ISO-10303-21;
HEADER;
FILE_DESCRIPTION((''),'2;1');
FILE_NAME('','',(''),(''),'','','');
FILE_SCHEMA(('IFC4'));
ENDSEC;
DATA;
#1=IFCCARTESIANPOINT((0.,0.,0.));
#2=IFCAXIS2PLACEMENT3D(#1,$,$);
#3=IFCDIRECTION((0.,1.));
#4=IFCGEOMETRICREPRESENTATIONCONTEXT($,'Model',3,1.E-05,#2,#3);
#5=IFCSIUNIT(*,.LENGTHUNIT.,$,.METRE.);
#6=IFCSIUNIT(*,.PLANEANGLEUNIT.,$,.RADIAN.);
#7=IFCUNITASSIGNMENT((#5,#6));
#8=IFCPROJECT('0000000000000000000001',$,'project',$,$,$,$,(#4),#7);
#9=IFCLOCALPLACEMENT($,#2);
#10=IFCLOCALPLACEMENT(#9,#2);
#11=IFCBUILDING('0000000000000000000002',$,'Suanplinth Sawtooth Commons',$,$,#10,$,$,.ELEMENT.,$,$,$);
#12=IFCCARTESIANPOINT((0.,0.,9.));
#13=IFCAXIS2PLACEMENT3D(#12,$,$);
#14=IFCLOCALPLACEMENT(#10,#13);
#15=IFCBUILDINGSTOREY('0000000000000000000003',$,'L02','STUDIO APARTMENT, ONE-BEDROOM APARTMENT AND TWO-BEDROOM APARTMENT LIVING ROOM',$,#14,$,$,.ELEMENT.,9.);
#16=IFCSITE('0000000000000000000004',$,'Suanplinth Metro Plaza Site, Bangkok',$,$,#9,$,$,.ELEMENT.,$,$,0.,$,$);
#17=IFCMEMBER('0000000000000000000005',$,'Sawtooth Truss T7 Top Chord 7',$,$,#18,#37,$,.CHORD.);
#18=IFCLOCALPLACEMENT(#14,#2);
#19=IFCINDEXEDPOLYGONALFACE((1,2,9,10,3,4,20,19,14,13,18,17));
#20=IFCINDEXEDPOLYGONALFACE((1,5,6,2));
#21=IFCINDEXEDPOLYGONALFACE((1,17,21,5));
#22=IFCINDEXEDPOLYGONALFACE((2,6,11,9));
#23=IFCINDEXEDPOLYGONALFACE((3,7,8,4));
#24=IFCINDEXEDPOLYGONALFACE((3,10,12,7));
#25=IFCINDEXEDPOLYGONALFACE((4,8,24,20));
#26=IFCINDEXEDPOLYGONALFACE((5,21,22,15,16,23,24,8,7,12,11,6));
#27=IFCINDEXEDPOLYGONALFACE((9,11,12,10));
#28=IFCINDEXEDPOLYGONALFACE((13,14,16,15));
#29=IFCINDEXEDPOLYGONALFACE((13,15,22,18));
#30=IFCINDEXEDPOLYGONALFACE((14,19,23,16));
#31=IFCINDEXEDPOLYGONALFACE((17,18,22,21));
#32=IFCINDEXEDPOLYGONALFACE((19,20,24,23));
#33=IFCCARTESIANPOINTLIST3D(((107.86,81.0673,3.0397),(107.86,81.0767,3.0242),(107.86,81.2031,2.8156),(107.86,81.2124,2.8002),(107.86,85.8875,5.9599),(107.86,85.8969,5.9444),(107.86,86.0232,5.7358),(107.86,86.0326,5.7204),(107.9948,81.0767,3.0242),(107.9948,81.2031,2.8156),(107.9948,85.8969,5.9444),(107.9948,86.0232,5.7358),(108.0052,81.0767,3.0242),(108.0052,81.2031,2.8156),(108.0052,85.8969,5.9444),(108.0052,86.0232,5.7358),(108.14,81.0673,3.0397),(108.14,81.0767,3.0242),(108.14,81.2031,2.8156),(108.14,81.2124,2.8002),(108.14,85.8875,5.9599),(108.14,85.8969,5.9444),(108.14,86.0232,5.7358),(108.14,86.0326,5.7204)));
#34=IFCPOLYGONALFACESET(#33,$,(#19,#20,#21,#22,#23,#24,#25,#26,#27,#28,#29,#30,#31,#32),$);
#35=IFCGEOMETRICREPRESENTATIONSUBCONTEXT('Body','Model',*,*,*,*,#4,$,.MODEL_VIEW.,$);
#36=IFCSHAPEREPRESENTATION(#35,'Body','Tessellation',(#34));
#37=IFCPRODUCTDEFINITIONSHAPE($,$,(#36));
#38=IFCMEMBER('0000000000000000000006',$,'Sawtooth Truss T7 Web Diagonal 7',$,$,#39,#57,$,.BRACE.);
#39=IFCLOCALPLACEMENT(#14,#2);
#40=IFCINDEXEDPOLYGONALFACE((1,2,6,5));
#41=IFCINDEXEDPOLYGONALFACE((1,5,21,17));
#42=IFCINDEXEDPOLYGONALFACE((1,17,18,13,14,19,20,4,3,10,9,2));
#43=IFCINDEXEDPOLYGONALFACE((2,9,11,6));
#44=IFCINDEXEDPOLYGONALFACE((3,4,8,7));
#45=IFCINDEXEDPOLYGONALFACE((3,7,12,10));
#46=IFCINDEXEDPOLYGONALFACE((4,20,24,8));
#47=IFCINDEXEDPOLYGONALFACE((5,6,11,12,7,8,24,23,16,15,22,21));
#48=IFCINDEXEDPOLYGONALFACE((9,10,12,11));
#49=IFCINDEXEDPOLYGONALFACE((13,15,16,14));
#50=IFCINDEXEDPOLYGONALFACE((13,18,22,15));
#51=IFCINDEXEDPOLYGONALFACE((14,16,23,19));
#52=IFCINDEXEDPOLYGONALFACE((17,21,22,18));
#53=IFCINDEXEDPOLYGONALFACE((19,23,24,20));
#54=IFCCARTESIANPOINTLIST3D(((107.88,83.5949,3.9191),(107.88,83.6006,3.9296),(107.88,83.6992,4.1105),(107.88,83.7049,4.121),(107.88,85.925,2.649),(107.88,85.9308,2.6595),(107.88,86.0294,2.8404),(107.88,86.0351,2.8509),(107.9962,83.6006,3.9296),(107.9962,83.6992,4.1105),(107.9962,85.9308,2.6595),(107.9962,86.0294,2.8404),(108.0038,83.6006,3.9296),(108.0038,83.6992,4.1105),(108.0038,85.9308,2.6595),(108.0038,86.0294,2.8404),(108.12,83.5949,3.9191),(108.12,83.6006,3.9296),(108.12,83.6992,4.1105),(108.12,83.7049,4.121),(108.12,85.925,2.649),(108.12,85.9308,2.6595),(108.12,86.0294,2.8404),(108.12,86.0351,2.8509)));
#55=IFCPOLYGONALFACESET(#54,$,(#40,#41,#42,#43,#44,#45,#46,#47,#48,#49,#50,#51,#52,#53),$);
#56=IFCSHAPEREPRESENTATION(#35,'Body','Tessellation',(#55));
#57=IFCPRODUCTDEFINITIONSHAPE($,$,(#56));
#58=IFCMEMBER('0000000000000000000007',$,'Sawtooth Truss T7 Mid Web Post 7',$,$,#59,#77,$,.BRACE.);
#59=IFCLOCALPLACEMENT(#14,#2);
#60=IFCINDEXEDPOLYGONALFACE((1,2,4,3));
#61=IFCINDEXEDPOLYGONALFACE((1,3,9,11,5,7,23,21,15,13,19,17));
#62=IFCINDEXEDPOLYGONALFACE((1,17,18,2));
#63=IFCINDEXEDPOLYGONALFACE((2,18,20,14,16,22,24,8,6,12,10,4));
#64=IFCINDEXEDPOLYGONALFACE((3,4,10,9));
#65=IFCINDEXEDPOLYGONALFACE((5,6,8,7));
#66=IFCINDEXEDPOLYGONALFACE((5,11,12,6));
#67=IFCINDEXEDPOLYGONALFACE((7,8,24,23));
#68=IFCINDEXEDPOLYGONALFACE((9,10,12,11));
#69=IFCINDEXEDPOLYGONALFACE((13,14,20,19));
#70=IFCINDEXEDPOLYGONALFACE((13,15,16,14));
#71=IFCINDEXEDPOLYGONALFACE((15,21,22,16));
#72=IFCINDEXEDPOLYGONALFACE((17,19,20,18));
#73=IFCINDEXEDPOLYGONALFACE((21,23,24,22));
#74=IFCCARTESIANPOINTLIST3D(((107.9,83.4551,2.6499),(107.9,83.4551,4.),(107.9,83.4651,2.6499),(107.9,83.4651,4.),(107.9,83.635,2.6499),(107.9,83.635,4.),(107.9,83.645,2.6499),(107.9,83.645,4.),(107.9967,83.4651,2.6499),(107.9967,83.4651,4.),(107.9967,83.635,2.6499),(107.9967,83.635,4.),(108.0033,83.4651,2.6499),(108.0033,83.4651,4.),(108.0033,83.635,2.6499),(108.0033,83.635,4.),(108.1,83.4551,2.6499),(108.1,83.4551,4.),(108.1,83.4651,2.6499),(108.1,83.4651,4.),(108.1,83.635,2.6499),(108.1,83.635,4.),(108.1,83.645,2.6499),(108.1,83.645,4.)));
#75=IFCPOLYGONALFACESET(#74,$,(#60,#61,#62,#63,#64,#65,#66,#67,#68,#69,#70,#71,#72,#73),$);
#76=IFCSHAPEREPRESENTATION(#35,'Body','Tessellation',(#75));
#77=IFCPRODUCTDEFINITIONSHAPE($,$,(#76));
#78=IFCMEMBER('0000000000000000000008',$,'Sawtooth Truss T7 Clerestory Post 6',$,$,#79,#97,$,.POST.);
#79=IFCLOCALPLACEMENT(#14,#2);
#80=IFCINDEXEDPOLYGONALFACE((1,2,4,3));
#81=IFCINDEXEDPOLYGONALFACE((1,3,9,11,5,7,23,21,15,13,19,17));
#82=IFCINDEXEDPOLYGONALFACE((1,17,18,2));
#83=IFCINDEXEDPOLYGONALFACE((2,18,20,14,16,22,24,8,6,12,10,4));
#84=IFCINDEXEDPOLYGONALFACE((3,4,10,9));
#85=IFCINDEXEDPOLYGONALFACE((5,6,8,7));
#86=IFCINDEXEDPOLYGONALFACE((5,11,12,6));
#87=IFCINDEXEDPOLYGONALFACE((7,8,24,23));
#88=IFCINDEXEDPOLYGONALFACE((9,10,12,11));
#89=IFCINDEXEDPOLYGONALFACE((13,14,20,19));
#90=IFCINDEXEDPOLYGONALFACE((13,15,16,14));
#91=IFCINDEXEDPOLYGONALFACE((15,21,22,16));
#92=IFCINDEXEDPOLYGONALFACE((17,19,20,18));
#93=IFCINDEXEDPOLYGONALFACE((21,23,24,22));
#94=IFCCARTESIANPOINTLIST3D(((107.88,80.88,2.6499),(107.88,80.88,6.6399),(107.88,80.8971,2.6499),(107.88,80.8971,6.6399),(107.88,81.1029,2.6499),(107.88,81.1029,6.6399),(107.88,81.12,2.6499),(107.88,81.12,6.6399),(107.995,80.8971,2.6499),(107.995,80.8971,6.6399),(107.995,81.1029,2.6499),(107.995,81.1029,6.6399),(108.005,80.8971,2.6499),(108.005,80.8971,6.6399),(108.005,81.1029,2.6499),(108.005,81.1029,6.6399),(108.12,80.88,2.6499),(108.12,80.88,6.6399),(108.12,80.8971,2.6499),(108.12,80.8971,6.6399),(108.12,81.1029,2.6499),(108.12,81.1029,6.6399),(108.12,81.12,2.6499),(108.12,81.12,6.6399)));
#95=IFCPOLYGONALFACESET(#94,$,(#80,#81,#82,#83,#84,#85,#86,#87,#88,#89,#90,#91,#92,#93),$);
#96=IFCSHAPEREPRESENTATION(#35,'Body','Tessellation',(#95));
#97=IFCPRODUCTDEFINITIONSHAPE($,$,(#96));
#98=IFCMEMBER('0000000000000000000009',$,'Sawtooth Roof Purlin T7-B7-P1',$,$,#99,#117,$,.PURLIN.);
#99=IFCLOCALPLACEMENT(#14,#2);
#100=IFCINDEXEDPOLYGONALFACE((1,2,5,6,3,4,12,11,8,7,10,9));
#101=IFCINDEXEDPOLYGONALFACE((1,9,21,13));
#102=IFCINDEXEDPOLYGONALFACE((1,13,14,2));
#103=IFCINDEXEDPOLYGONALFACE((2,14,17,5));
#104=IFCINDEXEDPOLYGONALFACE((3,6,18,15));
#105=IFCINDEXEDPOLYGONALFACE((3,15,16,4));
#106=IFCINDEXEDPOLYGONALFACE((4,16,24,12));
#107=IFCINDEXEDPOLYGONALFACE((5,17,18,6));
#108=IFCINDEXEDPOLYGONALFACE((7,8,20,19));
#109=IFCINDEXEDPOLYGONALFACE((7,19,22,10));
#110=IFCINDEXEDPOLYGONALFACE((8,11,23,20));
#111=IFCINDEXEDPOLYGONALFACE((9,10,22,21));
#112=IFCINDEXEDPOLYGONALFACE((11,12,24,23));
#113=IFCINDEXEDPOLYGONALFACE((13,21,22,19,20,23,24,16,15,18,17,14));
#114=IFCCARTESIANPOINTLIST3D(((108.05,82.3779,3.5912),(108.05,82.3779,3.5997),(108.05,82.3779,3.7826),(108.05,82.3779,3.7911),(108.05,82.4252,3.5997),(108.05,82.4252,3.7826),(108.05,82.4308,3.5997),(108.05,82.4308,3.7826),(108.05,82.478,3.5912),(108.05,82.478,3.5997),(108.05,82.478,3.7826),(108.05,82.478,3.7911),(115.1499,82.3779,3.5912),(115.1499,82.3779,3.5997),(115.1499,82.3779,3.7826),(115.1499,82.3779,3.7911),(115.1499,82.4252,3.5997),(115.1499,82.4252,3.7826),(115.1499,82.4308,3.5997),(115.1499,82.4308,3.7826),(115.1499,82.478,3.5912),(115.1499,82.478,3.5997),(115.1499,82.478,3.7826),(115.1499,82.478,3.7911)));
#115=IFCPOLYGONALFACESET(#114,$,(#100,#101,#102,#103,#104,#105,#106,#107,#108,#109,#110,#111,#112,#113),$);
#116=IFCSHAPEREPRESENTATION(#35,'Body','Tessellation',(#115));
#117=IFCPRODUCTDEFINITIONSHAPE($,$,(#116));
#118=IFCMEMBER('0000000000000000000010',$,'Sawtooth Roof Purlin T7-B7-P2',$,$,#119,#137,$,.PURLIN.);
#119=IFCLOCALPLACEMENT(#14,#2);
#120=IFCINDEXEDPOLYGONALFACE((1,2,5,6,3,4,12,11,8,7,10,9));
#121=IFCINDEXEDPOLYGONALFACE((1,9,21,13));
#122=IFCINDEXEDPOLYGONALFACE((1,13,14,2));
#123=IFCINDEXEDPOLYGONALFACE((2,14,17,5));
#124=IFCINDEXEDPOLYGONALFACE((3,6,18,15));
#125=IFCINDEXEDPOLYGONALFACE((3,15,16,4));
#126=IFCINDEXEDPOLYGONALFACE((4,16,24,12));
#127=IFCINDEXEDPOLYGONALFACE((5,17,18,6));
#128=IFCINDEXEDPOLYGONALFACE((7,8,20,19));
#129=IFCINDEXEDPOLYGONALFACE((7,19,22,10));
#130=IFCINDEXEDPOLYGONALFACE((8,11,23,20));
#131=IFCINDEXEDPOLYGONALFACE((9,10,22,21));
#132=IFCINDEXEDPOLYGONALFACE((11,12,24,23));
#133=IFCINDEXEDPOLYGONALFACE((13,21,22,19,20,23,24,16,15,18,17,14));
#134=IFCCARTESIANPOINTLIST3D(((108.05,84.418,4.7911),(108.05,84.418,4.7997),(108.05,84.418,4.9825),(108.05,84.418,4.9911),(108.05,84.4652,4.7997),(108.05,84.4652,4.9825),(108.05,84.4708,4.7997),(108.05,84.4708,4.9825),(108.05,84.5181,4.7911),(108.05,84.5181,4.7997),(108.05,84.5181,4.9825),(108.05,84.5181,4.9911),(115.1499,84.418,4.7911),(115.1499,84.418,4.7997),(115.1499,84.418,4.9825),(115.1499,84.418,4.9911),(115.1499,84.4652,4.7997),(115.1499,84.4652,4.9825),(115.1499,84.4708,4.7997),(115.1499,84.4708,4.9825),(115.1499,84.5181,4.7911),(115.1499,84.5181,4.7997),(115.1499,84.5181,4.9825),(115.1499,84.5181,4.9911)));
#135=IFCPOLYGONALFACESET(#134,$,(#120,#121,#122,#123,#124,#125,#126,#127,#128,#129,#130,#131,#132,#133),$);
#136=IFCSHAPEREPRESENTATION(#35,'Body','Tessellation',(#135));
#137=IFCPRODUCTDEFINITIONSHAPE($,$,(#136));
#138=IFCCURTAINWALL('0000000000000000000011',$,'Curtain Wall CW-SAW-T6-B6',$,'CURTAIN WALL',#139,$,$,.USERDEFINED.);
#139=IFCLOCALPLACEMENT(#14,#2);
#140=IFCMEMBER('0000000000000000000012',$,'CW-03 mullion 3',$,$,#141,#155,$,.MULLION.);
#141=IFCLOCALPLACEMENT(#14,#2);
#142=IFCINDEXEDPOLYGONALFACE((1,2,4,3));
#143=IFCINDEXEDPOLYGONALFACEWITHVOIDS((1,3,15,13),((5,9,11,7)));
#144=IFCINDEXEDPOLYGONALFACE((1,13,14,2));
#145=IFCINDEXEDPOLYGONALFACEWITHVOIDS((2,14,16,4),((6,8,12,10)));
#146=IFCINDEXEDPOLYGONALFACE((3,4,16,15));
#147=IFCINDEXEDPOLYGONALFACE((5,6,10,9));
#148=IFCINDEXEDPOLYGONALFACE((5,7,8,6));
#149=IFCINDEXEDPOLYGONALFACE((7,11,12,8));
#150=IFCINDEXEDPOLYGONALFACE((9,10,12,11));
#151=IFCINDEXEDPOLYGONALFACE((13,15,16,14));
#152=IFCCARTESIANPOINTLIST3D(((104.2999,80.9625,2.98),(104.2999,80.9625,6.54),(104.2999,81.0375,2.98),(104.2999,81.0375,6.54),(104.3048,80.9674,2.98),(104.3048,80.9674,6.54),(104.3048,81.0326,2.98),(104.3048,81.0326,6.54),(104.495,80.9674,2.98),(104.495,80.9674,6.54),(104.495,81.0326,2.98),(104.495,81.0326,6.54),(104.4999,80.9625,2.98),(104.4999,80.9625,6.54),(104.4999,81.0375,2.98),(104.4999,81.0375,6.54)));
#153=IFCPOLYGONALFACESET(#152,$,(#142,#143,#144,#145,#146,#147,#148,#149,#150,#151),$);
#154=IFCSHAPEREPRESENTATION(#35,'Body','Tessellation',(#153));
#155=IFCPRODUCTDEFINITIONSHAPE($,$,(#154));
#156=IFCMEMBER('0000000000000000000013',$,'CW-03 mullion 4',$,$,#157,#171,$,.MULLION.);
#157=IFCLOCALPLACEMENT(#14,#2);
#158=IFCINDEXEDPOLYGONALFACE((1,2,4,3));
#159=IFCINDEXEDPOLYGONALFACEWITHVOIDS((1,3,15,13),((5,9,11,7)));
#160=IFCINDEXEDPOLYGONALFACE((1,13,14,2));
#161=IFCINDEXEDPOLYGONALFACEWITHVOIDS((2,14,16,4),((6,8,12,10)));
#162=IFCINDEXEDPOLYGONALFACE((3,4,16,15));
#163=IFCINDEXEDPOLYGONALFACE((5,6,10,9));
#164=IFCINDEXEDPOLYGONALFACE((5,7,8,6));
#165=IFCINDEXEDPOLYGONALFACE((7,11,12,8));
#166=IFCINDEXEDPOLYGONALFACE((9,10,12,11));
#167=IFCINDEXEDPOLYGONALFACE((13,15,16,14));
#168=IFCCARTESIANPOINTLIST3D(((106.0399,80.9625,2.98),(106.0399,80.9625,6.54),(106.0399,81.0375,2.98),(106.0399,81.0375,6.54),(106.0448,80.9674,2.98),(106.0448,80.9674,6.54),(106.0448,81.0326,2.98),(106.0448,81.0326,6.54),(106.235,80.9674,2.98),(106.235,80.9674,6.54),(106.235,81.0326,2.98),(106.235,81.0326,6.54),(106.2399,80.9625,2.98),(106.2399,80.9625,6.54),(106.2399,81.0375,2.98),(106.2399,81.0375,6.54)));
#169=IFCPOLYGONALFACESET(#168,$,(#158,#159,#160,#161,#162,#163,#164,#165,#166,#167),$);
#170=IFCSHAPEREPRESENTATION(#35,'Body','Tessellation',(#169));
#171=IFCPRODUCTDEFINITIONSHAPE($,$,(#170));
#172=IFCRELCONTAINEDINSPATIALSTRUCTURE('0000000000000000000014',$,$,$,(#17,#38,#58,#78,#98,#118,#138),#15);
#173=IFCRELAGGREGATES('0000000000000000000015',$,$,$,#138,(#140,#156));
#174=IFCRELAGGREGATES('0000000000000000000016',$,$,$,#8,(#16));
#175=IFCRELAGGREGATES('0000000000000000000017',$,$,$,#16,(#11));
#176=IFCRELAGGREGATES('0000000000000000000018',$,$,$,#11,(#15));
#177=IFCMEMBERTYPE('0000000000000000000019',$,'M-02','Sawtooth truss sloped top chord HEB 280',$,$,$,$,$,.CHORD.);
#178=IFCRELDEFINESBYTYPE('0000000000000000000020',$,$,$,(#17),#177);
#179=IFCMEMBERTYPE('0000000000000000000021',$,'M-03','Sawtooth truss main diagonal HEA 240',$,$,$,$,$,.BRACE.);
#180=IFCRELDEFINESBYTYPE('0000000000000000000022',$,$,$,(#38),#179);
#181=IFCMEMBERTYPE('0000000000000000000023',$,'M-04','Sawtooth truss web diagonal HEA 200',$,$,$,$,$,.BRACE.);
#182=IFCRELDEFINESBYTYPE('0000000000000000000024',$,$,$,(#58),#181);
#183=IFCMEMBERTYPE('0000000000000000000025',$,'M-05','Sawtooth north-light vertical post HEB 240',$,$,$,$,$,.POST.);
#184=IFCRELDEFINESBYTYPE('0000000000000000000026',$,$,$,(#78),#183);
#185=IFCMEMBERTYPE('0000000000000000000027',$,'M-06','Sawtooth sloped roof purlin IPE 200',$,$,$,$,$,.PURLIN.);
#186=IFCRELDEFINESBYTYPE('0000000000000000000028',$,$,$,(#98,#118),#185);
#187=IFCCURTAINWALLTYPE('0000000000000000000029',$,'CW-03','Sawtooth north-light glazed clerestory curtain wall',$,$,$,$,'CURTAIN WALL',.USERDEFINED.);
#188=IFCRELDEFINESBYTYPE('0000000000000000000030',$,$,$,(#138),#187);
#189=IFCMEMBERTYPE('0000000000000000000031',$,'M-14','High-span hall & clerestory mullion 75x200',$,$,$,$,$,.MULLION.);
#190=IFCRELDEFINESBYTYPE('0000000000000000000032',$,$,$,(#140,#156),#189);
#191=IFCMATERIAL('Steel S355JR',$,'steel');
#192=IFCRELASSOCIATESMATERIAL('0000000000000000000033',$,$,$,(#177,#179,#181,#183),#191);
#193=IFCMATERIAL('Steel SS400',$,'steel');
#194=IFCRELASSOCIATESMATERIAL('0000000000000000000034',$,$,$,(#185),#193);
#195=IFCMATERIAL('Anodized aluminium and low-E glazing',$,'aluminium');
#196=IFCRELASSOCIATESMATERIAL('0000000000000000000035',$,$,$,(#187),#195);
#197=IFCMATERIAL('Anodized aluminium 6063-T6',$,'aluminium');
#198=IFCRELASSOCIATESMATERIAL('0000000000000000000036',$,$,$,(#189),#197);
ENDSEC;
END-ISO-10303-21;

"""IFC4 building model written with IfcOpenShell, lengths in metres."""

from ifc_helpers import new_model, si_unit, direction, frame, origin, origin_2d, place, context, subcontext, project, spatial, hollow_rectangle, i_section, extrude, material, material_profile, profile_set, type_object, element, aggregate, save


model = new_model("IFC4")

# Units and contexts
model_context = context("Model", 3, precision=1e-05, world=origin(), true_north=direction((0.0, 1.0)))
body_context = subcontext(model_context, "Body", "Model", "MODEL_VIEW")
ifc_project = project(units=[si_unit("LENGTHUNIT", "METRE"), si_unit("PLANEANGLEUNIT", "RADIAN")], contexts=[model_context])

# Site, building, storey
site_placement = place(None, origin())
site = spatial("IfcSite", under=ifc_project, at=site_placement, Name="Suanplinth Metro Plaza Site, Bangkok", CompositionType="ELEMENT", RefElevation=0.0)
building_placement = place(site_placement, origin())
building = spatial("IfcBuilding", under=site, at=building_placement, Name="Suanplinth Sawtooth Commons", CompositionType="ELEMENT")
storey_placement = place(building_placement, frame((0.0, 0.0, 9.0)))
storey = spatial("IfcBuildingStorey", under=building, at=storey_placement, Name="L02", Description="STUDIO APARTMENT, ONE-BEDROOM APARTMENT AND TWO-BEDROOM APARTMENT LIVING ROOM", CompositionType="ELEMENT", Elevation=9.0)

# Members
ifc_material_1 = material(Name="Steel S355JR", Category="steel")
ifc_material_profile_1 = material_profile(ifc_material_1, i_section(OverallWidth=0.28, OverallDepth=0.28, WebThickness=0.0105, FlangeThickness=0.0181, at=origin_2d()), Name="HEB 280")
ifc_profile_set_1 = profile_set([ifc_material_profile_1], Name="Steel S355JR")
member_type_1 = type_object("IfcMemberType", Name="M-02", Description="Sawtooth truss sloped top chord HEB 280", PredefinedType="CHORD", material=ifc_profile_set_1)
member_1_placement = place(storey_placement, frame((108.0, 81.1399, 2.9199), z_axis=(0.0, 0.855283, 0.518161), x_axis=(-1.0, 0.0, 0.0)))
element("IfcMember", 1, at=member_1_placement, inside=storey, type_object=member_type_1, Name="Sawtooth Truss T7 Top Chord 7", PredefinedType="CHORD", context=body_context, shape_type="SweptSolid", body=[
    extrude(i_section(OverallWidth=0.28, OverallDepth=0.28, WebThickness=0.0105, FlangeThickness=0.0181, at=origin_2d()), origin(), (0.0, 0.0, 1.0), 5.6357),
])
ifc_material_profile_2 = material_profile(ifc_material_1, i_section(OverallWidth=0.24, OverallDepth=0.23, WebThickness=0.0076, FlangeThickness=0.012, at=origin_2d()), Name="HEA 240")
ifc_profile_set_2 = profile_set([ifc_material_profile_2], Name="Steel S355JR")
member_type_2 = type_object("IfcMemberType", Name="M-03", Description="Sawtooth truss main diagonal HEA 240", PredefinedType="BRACE", material=ifc_profile_set_2)
member_2_placement = place(storey_placement, frame((108.0, 83.6499, 4.02), z_axis=(0.0, 0.878043, -0.478581), x_axis=(-1.0, 0.0, 0.0)))
element("IfcMember", 2, at=member_2_placement, inside=storey, type_object=member_type_2, Name="Sawtooth Truss T7 Web Diagonal 7", PredefinedType="BRACE", context=body_context, shape_type="SweptSolid", body=[
    extrude(i_section(OverallWidth=0.24, OverallDepth=0.23, WebThickness=0.0076, FlangeThickness=0.012, at=origin_2d()), origin(), (0.0, 0.0, 1.0), 2.6538),
])
ifc_material_profile_3 = material_profile(ifc_material_1, i_section(OverallWidth=0.2, OverallDepth=0.1899, WebThickness=0.0066, FlangeThickness=0.01, at=origin_2d()), Name="HEA 200")
ifc_profile_set_3 = profile_set([ifc_material_profile_3], Name="Steel S355JR")
member_type_3 = type_object("IfcMemberType", Name="M-04", Description="Sawtooth truss web diagonal HEA 200", PredefinedType="BRACE", material=ifc_profile_set_3)
member_3_placement = place(storey_placement, frame((108.0, 83.55, 2.6499), z_axis=(0.0, 0.0, 1.0), x_axis=(1.0, 0.0, 0.0)))
element("IfcMember", 3, at=member_3_placement, inside=storey, type_object=member_type_3, Name="Sawtooth Truss T7 Mid Web Post 7", PredefinedType="BRACE", context=body_context, shape_type="SweptSolid", body=[
    extrude(i_section(OverallWidth=0.2, OverallDepth=0.1899, WebThickness=0.0066, FlangeThickness=0.01, at=origin_2d()), origin(), (0.0, 0.0, 1.0), 1.3501),
])
ifc_material_profile_4 = material_profile(ifc_material_1, i_section(OverallWidth=0.24, OverallDepth=0.24, WebThickness=0.01, FlangeThickness=0.0171, at=origin_2d()), Name="HEB 240")
ifc_profile_set_4 = profile_set([ifc_material_profile_4], Name="Steel S355JR")
member_type_4 = type_object("IfcMemberType", Name="M-05", Description="Sawtooth north-light vertical post HEB 240", PredefinedType="POST", material=ifc_profile_set_4)
member_4_placement = place(storey_placement, frame((108.0, 81.0, 2.6499), z_axis=(0.0, 0.0, 1.0), x_axis=(1.0, 0.0, 0.0)))
element("IfcMember", 4, at=member_4_placement, inside=storey, type_object=member_type_4, Name="Sawtooth Truss T7 Clerestory Post 6", PredefinedType="POST", context=body_context, shape_type="SweptSolid", body=[
    extrude(i_section(OverallWidth=0.24, OverallDepth=0.24, WebThickness=0.01, FlangeThickness=0.0171, at=origin_2d()), origin(), (0.0, 0.0, 1.0), 3.99),
])
ifc_material_2 = material(Name="Steel SS400", Category="steel")
ifc_material_profile_5 = material_profile(ifc_material_2, i_section(OverallWidth=0.1001, OverallDepth=0.2, WebThickness=0.0056, FlangeThickness=0.0085, at=origin_2d()), Name="IPE 200")
ifc_profile_set_5 = profile_set([ifc_material_profile_5], Name="Steel SS400")
member_type_5 = type_object("IfcMemberType", Name="M-06", Description="Sawtooth sloped roof purlin IPE 200", PredefinedType="PURLIN", material=ifc_profile_set_5)
for number, where, z_axis, x_axis, name in (
    (5, (108.05, 82.428, 3.6912), (1.0, 0.0, 0.0), (0.0, 1.0, 0.0), "Sawtooth Roof Purlin T7-B7-P1"),
    (6, (108.05, 84.468, 4.8911), (1.0, 0.0, 0.0), (0.0, 1.0, 0.0), "Sawtooth Roof Purlin T7-B7-P2"),
):
    element("IfcMember", number, at=place(storey_placement, frame(where, z_axis=z_axis, x_axis=x_axis)), inside=storey, type_object=member_type_5, Name=name, PredefinedType="PURLIN", context=body_context, shape_type="SweptSolid", body=[
        extrude(i_section(OverallWidth=0.1001, OverallDepth=0.2, WebThickness=0.0056, FlangeThickness=0.0085, at=origin_2d()), origin(), (0.0, 0.0, 1.0), 7.0999),
    ])

# Curtain wall, members
ifc_material_3 = material(Name="Anodized aluminium and low-E glazing", Category="aluminium")
curtain_wall_type = type_object("IfcCurtainWallType", Name="CW-03", Description="Sawtooth north-light glazed clerestory curtain wall", ElementType="CURTAIN WALL", PredefinedType="USERDEFINED", material=ifc_material_3)
curtain_wall_1_placement = place(storey_placement, origin())
curtain_wall_1 = element("IfcCurtainWall", 7, at=curtain_wall_1_placement, inside=storey, type_object=curtain_wall_type, Name="Curtain Wall CW-SAW-T6-B6", ObjectType="CURTAIN WALL", PredefinedType="USERDEFINED")
ifc_material_4 = material(Name="Anodized aluminium 6063-T6", Category="aluminium")
ifc_material_profile_6 = material_profile(ifc_material_4, hollow_rectangle(XDim=0.075, YDim=0.2, WallThickness=0.0049, at=origin_2d()), Name="ALU-MUL 75x200")
ifc_profile_set_6 = profile_set([ifc_material_profile_6], Name="Anodized aluminium 6063-T6")
member_type_6 = type_object("IfcMemberType", Name="M-14", Description="High-span hall & clerestory mullion 75x200", PredefinedType="MULLION", material=ifc_profile_set_6)
member_5_placement = place(storey_placement, frame((104.3999, 81.0, 2.98), z_axis=(0.0, 0.0, 1.0), x_axis=(0.0, 1.0, 0.0)))
member_5 = element("IfcMember", 8, at=member_5_placement, type_object=member_type_6, Name="CW-03 mullion 3", PredefinedType="MULLION", context=body_context, shape_type="SweptSolid", body=[
    extrude(hollow_rectangle(XDim=0.075, YDim=0.2, WallThickness=0.0049, at=origin_2d()), origin(), (0.0, 0.0, 1.0), 3.5601),
])
member_6_placement = place(storey_placement, frame((106.1399, 81.0, 2.98), z_axis=(0.0, 0.0, 1.0), x_axis=(0.0, 1.0, 0.0)))
member_6 = element("IfcMember", 9, at=member_6_placement, type_object=member_type_6, Name="CW-03 mullion 4", PredefinedType="MULLION", context=body_context, shape_type="SweptSolid", body=[
    extrude(hollow_rectangle(XDim=0.075, YDim=0.2, WallThickness=0.0049, at=origin_2d()), origin(), (0.0, 0.0, 1.0), 3.5601),
])

aggregate(curtain_wall_1, [member_5, member_6])

save(model, "model.ifc")
